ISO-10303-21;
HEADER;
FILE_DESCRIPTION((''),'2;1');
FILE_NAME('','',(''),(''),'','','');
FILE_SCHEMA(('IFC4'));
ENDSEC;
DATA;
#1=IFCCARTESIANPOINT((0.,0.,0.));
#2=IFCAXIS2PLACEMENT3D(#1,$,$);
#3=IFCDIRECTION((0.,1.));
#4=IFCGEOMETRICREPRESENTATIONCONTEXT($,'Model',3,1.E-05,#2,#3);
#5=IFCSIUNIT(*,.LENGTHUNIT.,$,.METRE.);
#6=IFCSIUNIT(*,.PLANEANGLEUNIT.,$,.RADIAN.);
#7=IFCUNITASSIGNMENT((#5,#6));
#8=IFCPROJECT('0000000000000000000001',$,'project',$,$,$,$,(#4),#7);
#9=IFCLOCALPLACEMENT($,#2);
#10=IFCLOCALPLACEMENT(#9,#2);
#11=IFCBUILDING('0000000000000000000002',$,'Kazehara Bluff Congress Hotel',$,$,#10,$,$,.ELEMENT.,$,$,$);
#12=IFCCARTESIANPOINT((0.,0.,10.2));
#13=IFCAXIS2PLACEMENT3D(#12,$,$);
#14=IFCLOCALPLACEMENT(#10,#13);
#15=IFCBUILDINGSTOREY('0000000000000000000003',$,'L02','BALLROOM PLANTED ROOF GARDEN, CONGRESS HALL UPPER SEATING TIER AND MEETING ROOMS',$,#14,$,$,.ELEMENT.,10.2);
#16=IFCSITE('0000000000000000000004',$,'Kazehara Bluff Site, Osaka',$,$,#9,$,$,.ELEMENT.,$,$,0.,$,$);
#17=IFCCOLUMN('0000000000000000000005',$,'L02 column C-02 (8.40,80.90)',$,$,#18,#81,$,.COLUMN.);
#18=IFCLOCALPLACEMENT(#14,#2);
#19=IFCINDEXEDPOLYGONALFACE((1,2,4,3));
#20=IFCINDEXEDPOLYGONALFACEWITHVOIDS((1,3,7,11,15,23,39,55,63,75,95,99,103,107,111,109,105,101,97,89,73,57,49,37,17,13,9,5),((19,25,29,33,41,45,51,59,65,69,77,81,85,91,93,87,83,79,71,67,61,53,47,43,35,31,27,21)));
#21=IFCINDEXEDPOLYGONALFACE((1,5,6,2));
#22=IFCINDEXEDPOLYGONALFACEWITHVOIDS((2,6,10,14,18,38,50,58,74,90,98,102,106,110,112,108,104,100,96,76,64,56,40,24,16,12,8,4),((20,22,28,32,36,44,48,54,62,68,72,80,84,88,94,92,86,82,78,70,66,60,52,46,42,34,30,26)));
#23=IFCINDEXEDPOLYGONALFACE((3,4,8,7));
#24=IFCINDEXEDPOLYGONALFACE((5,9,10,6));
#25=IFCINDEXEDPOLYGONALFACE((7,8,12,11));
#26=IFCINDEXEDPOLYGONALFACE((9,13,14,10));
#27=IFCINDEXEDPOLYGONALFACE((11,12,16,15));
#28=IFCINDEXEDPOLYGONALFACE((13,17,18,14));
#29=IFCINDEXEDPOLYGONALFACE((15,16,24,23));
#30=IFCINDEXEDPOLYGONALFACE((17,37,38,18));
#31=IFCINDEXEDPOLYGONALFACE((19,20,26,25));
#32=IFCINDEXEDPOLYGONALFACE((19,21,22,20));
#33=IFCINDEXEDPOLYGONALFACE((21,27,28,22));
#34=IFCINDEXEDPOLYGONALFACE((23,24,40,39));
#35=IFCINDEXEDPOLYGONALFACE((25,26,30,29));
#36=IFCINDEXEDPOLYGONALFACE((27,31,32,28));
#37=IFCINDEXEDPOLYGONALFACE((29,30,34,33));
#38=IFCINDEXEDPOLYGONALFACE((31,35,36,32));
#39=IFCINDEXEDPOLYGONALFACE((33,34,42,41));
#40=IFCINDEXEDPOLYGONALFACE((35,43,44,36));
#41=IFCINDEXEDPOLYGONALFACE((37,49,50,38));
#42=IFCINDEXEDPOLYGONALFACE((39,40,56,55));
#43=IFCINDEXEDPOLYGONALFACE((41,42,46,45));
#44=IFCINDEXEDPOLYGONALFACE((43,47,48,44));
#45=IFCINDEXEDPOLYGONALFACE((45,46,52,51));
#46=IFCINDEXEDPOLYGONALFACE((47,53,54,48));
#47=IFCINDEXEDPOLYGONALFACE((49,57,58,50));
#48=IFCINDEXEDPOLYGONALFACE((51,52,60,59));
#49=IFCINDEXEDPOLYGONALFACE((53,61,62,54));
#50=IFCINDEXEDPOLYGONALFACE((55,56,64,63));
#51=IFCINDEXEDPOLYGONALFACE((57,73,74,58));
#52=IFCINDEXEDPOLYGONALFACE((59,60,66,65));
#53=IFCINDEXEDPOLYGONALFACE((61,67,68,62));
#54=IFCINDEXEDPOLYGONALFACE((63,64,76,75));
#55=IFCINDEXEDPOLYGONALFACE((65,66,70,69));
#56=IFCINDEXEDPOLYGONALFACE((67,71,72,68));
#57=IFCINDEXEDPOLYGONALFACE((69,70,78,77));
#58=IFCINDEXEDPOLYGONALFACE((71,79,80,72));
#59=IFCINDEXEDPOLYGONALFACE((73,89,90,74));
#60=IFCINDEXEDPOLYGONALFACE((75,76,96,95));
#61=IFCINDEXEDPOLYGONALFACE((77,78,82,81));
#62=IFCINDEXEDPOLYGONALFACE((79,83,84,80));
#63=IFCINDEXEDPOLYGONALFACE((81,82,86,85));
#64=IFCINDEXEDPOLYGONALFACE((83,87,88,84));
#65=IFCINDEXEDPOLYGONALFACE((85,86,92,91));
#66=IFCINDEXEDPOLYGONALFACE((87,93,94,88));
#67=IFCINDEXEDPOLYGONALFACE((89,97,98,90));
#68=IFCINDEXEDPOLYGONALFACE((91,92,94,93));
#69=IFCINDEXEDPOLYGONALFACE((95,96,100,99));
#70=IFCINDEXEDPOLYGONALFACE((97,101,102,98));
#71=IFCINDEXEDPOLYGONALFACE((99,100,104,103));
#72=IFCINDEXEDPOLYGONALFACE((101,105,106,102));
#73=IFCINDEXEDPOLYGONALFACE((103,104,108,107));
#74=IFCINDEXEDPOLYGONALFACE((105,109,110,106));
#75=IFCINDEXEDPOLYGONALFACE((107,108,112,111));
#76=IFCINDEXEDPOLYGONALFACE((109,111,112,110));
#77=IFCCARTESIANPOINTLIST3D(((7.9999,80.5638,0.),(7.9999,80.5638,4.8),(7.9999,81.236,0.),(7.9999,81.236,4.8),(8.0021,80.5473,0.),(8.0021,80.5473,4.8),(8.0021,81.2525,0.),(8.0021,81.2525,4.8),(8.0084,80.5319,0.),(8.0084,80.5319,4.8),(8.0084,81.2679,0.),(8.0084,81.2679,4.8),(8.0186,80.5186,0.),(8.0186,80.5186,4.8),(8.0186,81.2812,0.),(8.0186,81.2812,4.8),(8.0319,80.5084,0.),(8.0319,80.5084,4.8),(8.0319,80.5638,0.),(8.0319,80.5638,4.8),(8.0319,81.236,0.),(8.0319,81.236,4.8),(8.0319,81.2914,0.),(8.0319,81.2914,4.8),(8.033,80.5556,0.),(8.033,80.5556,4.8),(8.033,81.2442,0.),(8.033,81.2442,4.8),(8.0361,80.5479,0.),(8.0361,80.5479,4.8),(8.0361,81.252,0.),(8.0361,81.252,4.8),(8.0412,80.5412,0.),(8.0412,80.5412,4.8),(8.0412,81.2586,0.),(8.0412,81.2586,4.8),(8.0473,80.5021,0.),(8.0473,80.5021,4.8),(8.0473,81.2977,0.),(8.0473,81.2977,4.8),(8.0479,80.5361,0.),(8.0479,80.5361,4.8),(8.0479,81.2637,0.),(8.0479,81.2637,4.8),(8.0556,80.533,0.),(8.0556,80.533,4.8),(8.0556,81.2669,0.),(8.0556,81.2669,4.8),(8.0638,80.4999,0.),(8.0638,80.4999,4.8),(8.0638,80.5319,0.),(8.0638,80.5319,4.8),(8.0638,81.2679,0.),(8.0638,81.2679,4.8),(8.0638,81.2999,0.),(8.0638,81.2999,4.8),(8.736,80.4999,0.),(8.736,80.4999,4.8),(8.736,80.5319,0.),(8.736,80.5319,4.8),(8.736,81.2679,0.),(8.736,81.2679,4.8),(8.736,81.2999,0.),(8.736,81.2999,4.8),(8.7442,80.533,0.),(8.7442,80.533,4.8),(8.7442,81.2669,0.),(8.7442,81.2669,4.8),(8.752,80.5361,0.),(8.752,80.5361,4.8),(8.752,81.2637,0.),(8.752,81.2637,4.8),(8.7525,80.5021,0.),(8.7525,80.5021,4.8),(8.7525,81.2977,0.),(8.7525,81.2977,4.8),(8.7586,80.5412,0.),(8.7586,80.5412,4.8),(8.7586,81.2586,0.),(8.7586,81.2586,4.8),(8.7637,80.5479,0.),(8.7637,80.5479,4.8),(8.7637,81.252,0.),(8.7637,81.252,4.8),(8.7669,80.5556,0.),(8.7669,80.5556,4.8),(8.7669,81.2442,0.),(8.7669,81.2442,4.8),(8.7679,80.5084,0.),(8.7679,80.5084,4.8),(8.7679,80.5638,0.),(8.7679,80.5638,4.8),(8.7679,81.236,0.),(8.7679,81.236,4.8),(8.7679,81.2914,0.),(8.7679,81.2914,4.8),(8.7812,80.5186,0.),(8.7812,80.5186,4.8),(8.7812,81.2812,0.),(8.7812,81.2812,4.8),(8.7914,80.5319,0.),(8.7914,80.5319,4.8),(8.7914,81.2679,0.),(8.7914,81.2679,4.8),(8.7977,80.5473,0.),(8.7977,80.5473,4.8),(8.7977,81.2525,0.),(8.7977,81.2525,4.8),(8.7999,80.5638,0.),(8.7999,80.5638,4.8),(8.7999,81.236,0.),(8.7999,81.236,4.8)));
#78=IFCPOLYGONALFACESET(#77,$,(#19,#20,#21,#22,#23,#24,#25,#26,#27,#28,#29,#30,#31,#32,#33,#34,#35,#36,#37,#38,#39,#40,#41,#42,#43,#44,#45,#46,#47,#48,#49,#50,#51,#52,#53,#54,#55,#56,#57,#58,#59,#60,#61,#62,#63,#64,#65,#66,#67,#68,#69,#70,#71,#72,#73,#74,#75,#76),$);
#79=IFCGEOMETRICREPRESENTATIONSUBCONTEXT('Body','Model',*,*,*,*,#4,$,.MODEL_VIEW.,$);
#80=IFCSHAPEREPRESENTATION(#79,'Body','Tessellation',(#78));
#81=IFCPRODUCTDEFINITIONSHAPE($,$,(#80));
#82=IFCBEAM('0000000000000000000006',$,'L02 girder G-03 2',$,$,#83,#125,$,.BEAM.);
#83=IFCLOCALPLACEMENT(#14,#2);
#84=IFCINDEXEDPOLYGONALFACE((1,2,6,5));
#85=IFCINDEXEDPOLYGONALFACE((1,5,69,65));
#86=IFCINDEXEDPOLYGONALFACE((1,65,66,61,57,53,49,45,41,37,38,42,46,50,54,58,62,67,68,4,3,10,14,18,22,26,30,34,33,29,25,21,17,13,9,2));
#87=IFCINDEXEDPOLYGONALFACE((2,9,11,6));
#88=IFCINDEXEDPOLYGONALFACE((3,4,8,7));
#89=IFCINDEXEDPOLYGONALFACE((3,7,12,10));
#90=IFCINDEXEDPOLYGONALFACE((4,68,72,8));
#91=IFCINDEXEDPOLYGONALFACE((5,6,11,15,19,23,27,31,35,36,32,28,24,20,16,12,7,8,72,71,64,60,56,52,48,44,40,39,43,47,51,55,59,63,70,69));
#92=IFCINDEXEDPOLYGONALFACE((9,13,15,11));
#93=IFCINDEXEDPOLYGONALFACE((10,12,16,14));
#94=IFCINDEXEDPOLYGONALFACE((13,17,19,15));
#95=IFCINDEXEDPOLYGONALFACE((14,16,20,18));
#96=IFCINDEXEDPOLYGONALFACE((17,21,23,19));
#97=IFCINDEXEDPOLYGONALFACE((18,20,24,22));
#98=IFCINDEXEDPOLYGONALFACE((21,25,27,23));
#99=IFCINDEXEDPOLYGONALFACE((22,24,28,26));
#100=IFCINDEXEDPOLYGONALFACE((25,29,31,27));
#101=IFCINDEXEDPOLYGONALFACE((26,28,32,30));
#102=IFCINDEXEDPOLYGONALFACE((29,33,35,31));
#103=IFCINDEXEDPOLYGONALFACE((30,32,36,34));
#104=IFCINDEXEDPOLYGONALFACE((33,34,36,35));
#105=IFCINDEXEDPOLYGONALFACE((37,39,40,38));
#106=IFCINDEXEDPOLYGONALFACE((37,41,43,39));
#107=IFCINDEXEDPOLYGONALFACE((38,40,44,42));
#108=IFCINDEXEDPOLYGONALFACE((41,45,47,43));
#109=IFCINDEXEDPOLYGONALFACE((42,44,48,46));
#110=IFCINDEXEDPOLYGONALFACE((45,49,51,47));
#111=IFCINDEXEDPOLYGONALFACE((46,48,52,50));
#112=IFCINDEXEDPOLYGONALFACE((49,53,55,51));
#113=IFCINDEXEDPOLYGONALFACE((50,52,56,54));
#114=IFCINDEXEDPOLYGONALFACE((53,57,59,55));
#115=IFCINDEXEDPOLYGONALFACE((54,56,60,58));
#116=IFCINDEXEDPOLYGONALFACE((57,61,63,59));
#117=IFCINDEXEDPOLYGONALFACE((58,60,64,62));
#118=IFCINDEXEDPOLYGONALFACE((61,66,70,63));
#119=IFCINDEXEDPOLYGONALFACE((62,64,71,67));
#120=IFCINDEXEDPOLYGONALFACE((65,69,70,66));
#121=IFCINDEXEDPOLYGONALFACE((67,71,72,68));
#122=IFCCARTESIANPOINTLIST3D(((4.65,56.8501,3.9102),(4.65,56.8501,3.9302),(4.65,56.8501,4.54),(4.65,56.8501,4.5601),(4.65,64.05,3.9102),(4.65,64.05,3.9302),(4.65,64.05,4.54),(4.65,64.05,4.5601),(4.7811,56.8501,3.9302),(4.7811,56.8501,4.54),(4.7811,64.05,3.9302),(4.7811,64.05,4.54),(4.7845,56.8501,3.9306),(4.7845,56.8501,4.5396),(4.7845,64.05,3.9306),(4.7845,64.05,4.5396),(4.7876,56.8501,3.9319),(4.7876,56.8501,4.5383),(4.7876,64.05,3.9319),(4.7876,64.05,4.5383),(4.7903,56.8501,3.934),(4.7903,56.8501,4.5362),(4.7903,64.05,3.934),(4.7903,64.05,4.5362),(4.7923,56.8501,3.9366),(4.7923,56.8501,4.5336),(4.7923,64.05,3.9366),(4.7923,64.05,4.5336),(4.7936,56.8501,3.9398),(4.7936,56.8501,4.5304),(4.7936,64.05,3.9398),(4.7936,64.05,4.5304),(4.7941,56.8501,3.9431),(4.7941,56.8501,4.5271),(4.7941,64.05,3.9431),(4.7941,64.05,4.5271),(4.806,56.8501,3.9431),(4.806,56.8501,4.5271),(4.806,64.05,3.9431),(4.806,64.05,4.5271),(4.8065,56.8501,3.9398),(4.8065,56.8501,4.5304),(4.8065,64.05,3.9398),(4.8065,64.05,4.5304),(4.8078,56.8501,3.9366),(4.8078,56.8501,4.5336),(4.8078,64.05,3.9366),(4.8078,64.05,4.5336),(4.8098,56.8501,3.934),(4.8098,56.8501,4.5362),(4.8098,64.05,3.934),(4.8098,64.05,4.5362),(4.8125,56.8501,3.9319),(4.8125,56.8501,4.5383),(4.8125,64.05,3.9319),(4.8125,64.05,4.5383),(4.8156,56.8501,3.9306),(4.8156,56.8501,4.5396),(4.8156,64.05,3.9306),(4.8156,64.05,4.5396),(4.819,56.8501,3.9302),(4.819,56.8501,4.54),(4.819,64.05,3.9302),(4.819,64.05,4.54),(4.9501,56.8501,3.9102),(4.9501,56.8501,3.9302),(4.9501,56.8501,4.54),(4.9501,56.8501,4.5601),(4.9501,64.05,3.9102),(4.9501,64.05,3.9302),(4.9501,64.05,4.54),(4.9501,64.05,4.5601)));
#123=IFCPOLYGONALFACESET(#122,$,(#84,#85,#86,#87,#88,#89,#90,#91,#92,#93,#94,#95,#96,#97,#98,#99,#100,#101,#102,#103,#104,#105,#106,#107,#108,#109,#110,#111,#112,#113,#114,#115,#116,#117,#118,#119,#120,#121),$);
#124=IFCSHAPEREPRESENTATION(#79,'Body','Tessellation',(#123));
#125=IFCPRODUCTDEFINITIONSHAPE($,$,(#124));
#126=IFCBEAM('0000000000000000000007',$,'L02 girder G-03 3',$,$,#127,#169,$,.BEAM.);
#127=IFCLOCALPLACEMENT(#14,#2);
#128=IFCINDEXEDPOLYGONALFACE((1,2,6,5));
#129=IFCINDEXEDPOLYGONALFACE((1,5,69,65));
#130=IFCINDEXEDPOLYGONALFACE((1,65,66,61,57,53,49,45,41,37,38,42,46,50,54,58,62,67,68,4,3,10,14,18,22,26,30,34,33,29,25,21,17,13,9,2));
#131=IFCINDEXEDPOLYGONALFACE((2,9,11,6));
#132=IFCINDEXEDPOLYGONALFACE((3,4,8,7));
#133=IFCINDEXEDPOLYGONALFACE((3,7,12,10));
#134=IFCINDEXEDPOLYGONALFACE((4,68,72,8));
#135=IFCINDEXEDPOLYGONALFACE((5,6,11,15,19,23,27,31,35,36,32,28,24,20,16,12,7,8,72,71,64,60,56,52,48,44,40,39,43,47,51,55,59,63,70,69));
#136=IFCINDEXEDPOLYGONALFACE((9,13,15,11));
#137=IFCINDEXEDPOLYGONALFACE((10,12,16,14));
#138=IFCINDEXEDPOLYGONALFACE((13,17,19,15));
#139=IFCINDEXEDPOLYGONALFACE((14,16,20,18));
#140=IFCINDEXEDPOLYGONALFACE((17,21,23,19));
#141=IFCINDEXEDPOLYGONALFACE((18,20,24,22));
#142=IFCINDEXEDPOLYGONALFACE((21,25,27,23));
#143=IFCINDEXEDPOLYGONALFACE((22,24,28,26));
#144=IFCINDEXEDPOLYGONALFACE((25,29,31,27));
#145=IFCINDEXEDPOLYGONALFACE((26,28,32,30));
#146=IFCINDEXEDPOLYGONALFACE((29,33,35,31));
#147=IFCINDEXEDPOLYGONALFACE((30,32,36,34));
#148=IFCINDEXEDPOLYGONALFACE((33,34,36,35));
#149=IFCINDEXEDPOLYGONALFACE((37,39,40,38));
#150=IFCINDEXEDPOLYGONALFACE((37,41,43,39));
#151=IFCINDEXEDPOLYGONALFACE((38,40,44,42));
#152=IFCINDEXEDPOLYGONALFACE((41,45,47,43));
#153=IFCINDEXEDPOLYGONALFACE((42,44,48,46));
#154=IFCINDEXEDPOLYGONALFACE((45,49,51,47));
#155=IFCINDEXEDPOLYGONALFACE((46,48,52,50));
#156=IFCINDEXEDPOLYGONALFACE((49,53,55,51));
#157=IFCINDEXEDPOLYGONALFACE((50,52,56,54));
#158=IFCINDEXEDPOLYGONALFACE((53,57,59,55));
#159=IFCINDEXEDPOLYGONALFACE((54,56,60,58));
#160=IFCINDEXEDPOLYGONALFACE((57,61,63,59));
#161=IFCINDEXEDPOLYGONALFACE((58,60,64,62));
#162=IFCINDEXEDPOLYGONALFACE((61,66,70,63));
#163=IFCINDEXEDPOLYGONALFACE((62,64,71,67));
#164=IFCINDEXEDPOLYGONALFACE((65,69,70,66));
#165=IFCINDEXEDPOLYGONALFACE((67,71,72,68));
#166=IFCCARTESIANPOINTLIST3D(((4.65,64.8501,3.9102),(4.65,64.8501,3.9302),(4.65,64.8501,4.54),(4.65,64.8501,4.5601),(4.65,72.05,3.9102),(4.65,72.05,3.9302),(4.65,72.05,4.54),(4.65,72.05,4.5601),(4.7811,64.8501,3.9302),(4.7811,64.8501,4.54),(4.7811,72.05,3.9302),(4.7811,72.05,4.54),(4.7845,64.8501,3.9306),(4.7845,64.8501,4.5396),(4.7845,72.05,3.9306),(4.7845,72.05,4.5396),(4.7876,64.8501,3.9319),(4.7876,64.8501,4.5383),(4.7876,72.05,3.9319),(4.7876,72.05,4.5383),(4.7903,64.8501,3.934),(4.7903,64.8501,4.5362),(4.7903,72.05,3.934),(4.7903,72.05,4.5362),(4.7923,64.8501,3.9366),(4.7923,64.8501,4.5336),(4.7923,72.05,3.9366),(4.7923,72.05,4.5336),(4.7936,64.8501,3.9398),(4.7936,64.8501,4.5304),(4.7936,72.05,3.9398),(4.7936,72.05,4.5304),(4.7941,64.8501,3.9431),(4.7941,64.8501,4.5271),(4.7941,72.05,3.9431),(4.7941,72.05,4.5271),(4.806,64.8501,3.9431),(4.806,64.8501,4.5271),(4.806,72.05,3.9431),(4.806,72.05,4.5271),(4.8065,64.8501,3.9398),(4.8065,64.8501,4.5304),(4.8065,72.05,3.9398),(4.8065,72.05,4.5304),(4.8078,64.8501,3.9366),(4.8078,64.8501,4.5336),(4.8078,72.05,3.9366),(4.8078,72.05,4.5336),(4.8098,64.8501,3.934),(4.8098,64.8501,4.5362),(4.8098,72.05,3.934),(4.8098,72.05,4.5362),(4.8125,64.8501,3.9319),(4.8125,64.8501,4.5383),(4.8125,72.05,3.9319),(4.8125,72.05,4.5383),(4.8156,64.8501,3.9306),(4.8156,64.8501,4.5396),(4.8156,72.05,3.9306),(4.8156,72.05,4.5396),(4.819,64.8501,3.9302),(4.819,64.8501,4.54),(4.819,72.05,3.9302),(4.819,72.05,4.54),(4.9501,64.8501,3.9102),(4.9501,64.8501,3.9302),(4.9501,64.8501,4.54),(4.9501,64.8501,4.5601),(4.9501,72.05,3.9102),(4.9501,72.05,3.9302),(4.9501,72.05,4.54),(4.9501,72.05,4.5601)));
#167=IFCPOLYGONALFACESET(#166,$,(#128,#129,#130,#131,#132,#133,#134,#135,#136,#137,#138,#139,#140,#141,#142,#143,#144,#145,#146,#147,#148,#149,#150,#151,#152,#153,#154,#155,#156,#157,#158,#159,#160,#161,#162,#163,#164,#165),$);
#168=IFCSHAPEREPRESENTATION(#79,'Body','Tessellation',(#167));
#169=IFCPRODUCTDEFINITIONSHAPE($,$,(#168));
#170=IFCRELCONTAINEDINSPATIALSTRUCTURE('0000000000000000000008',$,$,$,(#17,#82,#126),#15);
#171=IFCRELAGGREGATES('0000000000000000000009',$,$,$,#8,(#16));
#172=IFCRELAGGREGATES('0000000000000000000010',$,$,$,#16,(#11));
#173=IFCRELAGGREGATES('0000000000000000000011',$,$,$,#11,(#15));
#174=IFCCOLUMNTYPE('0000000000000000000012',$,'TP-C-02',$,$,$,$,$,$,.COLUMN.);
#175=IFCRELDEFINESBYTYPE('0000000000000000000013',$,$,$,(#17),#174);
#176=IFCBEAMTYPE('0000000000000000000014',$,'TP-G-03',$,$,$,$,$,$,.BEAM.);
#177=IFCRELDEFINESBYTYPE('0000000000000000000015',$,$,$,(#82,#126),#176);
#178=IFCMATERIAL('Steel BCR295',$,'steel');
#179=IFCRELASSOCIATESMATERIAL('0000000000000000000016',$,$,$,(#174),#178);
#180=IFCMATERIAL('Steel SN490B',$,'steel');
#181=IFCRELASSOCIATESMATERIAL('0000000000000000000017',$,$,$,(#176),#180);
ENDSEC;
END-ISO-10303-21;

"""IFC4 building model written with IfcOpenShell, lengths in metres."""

from ifc_helpers import new_model, si_unit, direction, frame, origin, origin_2d, place, context, subcontext, project, spatial, hollow_rectangle, i_section, extrude, material, material_profile, profile_set, type_object, element, save


model = new_model("IFC4")

# Units and contexts
model_context = context("Model", 3, precision=1e-05, world=origin(), true_north=direction((0.0, 1.0)))
body_context = subcontext(model_context, "Body", "Model", "MODEL_VIEW")
ifc_project = project(units=[si_unit("LENGTHUNIT", "METRE"), si_unit("PLANEANGLEUNIT", "RADIAN")], contexts=[model_context])

# Site, building, storey
site_placement = place(None, origin())
site = spatial("IfcSite", under=ifc_project, at=site_placement, Name="Kazehara Bluff Site, Osaka", CompositionType="ELEMENT", RefElevation=0.0)
building_placement = place(site_placement, origin())
building = spatial("IfcBuilding", under=site, at=building_placement, Name="Kazehara Bluff Congress Hotel", CompositionType="ELEMENT")
storey_placement = place(building_placement, frame((0.0, 0.0, 10.2)))
storey = spatial("IfcBuildingStorey", under=building, at=storey_placement, Name="L02", Description="BALLROOM PLANTED ROOF GARDEN, CONGRESS HALL UPPER SEATING TIER AND MEETING ROOMS", CompositionType="ELEMENT", Elevation=10.2)

# Column
ifc_material_1 = material(Name="Steel BCR295", Category="steel")
ifc_material_profile_1 = material_profile(ifc_material_1, hollow_rectangle(XDim=0.8, YDim=0.8, WallThickness=0.032, InnerFilletRadius=0.032, OuterFilletRadius=0.064, at=origin_2d()))
ifc_profile_set_1 = profile_set([ifc_material_profile_1], Name="Steel BCR295")
column_type = type_object("IfcColumnType", Name="TP-C-02", PredefinedType="COLUMN", material=ifc_profile_set_1)
for number, where, z_axis, x_axis, name in (
    (1, (8.3999, 80.8999, 0.0), (0.0, 0.0, 1.0), (1.0, 0.0, 0.0), "L02 column C-02 (8.40,80.90)"),
):
    element("IfcColumn", number, at=place(storey_placement, frame(where, z_axis=z_axis, x_axis=x_axis)), inside=storey, type_object=column_type, Name=name, PredefinedType="COLUMN", context=body_context, shape_type="SweptSolid", body=[
        extrude(hollow_rectangle(XDim=0.8, YDim=0.8, WallThickness=0.032, InnerFilletRadius=0.032, OuterFilletRadius=0.064, at=origin_2d()), origin(), (0.0, 0.0, 1.0), 4.8),
    ])

# Beams
ifc_material_2 = material(Name="Steel SN490B", Category="steel")
ifc_material_profile_2 = material_profile(ifc_material_2, i_section(OverallWidth=0.3, OverallDepth=0.6499, WebThickness=0.012, FlangeThickness=0.02, FilletRadius=0.0129, at=origin_2d()))
ifc_profile_set_2 = profile_set([ifc_material_profile_2], Name="Steel SN490B")
beam_type_1 = type_object("IfcBeamType", Name="TP-G-03", PredefinedType="BEAM", material=ifc_profile_set_2)
for number, where, z_axis, x_axis, name in (
    (2, (4.8, 56.8501, 4.2351), (0.0, 1.0, 0.0), (-1.0, 0.0, 0.0), "L02 girder G-03 2"),
    (3, (4.8, 64.8501, 4.2351), (0.0, 1.0, 0.0), (-1.0, 0.0, 0.0), "L02 girder G-03 3"),
):
    element("IfcBeam", number, at=place(storey_placement, frame(where, z_axis=z_axis, x_axis=x_axis)), inside=storey, type_object=beam_type_1, Name=name, PredefinedType="BEAM", context=body_context, shape_type="SweptSolid", body=[
        extrude(i_section(OverallWidth=0.3, OverallDepth=0.6499, WebThickness=0.012, FlangeThickness=0.02, FilletRadius=0.0129, at=origin_2d()), origin(), (0.0, 0.0, 1.0), 7.2),
    ])

save(model, "model.ifc")
